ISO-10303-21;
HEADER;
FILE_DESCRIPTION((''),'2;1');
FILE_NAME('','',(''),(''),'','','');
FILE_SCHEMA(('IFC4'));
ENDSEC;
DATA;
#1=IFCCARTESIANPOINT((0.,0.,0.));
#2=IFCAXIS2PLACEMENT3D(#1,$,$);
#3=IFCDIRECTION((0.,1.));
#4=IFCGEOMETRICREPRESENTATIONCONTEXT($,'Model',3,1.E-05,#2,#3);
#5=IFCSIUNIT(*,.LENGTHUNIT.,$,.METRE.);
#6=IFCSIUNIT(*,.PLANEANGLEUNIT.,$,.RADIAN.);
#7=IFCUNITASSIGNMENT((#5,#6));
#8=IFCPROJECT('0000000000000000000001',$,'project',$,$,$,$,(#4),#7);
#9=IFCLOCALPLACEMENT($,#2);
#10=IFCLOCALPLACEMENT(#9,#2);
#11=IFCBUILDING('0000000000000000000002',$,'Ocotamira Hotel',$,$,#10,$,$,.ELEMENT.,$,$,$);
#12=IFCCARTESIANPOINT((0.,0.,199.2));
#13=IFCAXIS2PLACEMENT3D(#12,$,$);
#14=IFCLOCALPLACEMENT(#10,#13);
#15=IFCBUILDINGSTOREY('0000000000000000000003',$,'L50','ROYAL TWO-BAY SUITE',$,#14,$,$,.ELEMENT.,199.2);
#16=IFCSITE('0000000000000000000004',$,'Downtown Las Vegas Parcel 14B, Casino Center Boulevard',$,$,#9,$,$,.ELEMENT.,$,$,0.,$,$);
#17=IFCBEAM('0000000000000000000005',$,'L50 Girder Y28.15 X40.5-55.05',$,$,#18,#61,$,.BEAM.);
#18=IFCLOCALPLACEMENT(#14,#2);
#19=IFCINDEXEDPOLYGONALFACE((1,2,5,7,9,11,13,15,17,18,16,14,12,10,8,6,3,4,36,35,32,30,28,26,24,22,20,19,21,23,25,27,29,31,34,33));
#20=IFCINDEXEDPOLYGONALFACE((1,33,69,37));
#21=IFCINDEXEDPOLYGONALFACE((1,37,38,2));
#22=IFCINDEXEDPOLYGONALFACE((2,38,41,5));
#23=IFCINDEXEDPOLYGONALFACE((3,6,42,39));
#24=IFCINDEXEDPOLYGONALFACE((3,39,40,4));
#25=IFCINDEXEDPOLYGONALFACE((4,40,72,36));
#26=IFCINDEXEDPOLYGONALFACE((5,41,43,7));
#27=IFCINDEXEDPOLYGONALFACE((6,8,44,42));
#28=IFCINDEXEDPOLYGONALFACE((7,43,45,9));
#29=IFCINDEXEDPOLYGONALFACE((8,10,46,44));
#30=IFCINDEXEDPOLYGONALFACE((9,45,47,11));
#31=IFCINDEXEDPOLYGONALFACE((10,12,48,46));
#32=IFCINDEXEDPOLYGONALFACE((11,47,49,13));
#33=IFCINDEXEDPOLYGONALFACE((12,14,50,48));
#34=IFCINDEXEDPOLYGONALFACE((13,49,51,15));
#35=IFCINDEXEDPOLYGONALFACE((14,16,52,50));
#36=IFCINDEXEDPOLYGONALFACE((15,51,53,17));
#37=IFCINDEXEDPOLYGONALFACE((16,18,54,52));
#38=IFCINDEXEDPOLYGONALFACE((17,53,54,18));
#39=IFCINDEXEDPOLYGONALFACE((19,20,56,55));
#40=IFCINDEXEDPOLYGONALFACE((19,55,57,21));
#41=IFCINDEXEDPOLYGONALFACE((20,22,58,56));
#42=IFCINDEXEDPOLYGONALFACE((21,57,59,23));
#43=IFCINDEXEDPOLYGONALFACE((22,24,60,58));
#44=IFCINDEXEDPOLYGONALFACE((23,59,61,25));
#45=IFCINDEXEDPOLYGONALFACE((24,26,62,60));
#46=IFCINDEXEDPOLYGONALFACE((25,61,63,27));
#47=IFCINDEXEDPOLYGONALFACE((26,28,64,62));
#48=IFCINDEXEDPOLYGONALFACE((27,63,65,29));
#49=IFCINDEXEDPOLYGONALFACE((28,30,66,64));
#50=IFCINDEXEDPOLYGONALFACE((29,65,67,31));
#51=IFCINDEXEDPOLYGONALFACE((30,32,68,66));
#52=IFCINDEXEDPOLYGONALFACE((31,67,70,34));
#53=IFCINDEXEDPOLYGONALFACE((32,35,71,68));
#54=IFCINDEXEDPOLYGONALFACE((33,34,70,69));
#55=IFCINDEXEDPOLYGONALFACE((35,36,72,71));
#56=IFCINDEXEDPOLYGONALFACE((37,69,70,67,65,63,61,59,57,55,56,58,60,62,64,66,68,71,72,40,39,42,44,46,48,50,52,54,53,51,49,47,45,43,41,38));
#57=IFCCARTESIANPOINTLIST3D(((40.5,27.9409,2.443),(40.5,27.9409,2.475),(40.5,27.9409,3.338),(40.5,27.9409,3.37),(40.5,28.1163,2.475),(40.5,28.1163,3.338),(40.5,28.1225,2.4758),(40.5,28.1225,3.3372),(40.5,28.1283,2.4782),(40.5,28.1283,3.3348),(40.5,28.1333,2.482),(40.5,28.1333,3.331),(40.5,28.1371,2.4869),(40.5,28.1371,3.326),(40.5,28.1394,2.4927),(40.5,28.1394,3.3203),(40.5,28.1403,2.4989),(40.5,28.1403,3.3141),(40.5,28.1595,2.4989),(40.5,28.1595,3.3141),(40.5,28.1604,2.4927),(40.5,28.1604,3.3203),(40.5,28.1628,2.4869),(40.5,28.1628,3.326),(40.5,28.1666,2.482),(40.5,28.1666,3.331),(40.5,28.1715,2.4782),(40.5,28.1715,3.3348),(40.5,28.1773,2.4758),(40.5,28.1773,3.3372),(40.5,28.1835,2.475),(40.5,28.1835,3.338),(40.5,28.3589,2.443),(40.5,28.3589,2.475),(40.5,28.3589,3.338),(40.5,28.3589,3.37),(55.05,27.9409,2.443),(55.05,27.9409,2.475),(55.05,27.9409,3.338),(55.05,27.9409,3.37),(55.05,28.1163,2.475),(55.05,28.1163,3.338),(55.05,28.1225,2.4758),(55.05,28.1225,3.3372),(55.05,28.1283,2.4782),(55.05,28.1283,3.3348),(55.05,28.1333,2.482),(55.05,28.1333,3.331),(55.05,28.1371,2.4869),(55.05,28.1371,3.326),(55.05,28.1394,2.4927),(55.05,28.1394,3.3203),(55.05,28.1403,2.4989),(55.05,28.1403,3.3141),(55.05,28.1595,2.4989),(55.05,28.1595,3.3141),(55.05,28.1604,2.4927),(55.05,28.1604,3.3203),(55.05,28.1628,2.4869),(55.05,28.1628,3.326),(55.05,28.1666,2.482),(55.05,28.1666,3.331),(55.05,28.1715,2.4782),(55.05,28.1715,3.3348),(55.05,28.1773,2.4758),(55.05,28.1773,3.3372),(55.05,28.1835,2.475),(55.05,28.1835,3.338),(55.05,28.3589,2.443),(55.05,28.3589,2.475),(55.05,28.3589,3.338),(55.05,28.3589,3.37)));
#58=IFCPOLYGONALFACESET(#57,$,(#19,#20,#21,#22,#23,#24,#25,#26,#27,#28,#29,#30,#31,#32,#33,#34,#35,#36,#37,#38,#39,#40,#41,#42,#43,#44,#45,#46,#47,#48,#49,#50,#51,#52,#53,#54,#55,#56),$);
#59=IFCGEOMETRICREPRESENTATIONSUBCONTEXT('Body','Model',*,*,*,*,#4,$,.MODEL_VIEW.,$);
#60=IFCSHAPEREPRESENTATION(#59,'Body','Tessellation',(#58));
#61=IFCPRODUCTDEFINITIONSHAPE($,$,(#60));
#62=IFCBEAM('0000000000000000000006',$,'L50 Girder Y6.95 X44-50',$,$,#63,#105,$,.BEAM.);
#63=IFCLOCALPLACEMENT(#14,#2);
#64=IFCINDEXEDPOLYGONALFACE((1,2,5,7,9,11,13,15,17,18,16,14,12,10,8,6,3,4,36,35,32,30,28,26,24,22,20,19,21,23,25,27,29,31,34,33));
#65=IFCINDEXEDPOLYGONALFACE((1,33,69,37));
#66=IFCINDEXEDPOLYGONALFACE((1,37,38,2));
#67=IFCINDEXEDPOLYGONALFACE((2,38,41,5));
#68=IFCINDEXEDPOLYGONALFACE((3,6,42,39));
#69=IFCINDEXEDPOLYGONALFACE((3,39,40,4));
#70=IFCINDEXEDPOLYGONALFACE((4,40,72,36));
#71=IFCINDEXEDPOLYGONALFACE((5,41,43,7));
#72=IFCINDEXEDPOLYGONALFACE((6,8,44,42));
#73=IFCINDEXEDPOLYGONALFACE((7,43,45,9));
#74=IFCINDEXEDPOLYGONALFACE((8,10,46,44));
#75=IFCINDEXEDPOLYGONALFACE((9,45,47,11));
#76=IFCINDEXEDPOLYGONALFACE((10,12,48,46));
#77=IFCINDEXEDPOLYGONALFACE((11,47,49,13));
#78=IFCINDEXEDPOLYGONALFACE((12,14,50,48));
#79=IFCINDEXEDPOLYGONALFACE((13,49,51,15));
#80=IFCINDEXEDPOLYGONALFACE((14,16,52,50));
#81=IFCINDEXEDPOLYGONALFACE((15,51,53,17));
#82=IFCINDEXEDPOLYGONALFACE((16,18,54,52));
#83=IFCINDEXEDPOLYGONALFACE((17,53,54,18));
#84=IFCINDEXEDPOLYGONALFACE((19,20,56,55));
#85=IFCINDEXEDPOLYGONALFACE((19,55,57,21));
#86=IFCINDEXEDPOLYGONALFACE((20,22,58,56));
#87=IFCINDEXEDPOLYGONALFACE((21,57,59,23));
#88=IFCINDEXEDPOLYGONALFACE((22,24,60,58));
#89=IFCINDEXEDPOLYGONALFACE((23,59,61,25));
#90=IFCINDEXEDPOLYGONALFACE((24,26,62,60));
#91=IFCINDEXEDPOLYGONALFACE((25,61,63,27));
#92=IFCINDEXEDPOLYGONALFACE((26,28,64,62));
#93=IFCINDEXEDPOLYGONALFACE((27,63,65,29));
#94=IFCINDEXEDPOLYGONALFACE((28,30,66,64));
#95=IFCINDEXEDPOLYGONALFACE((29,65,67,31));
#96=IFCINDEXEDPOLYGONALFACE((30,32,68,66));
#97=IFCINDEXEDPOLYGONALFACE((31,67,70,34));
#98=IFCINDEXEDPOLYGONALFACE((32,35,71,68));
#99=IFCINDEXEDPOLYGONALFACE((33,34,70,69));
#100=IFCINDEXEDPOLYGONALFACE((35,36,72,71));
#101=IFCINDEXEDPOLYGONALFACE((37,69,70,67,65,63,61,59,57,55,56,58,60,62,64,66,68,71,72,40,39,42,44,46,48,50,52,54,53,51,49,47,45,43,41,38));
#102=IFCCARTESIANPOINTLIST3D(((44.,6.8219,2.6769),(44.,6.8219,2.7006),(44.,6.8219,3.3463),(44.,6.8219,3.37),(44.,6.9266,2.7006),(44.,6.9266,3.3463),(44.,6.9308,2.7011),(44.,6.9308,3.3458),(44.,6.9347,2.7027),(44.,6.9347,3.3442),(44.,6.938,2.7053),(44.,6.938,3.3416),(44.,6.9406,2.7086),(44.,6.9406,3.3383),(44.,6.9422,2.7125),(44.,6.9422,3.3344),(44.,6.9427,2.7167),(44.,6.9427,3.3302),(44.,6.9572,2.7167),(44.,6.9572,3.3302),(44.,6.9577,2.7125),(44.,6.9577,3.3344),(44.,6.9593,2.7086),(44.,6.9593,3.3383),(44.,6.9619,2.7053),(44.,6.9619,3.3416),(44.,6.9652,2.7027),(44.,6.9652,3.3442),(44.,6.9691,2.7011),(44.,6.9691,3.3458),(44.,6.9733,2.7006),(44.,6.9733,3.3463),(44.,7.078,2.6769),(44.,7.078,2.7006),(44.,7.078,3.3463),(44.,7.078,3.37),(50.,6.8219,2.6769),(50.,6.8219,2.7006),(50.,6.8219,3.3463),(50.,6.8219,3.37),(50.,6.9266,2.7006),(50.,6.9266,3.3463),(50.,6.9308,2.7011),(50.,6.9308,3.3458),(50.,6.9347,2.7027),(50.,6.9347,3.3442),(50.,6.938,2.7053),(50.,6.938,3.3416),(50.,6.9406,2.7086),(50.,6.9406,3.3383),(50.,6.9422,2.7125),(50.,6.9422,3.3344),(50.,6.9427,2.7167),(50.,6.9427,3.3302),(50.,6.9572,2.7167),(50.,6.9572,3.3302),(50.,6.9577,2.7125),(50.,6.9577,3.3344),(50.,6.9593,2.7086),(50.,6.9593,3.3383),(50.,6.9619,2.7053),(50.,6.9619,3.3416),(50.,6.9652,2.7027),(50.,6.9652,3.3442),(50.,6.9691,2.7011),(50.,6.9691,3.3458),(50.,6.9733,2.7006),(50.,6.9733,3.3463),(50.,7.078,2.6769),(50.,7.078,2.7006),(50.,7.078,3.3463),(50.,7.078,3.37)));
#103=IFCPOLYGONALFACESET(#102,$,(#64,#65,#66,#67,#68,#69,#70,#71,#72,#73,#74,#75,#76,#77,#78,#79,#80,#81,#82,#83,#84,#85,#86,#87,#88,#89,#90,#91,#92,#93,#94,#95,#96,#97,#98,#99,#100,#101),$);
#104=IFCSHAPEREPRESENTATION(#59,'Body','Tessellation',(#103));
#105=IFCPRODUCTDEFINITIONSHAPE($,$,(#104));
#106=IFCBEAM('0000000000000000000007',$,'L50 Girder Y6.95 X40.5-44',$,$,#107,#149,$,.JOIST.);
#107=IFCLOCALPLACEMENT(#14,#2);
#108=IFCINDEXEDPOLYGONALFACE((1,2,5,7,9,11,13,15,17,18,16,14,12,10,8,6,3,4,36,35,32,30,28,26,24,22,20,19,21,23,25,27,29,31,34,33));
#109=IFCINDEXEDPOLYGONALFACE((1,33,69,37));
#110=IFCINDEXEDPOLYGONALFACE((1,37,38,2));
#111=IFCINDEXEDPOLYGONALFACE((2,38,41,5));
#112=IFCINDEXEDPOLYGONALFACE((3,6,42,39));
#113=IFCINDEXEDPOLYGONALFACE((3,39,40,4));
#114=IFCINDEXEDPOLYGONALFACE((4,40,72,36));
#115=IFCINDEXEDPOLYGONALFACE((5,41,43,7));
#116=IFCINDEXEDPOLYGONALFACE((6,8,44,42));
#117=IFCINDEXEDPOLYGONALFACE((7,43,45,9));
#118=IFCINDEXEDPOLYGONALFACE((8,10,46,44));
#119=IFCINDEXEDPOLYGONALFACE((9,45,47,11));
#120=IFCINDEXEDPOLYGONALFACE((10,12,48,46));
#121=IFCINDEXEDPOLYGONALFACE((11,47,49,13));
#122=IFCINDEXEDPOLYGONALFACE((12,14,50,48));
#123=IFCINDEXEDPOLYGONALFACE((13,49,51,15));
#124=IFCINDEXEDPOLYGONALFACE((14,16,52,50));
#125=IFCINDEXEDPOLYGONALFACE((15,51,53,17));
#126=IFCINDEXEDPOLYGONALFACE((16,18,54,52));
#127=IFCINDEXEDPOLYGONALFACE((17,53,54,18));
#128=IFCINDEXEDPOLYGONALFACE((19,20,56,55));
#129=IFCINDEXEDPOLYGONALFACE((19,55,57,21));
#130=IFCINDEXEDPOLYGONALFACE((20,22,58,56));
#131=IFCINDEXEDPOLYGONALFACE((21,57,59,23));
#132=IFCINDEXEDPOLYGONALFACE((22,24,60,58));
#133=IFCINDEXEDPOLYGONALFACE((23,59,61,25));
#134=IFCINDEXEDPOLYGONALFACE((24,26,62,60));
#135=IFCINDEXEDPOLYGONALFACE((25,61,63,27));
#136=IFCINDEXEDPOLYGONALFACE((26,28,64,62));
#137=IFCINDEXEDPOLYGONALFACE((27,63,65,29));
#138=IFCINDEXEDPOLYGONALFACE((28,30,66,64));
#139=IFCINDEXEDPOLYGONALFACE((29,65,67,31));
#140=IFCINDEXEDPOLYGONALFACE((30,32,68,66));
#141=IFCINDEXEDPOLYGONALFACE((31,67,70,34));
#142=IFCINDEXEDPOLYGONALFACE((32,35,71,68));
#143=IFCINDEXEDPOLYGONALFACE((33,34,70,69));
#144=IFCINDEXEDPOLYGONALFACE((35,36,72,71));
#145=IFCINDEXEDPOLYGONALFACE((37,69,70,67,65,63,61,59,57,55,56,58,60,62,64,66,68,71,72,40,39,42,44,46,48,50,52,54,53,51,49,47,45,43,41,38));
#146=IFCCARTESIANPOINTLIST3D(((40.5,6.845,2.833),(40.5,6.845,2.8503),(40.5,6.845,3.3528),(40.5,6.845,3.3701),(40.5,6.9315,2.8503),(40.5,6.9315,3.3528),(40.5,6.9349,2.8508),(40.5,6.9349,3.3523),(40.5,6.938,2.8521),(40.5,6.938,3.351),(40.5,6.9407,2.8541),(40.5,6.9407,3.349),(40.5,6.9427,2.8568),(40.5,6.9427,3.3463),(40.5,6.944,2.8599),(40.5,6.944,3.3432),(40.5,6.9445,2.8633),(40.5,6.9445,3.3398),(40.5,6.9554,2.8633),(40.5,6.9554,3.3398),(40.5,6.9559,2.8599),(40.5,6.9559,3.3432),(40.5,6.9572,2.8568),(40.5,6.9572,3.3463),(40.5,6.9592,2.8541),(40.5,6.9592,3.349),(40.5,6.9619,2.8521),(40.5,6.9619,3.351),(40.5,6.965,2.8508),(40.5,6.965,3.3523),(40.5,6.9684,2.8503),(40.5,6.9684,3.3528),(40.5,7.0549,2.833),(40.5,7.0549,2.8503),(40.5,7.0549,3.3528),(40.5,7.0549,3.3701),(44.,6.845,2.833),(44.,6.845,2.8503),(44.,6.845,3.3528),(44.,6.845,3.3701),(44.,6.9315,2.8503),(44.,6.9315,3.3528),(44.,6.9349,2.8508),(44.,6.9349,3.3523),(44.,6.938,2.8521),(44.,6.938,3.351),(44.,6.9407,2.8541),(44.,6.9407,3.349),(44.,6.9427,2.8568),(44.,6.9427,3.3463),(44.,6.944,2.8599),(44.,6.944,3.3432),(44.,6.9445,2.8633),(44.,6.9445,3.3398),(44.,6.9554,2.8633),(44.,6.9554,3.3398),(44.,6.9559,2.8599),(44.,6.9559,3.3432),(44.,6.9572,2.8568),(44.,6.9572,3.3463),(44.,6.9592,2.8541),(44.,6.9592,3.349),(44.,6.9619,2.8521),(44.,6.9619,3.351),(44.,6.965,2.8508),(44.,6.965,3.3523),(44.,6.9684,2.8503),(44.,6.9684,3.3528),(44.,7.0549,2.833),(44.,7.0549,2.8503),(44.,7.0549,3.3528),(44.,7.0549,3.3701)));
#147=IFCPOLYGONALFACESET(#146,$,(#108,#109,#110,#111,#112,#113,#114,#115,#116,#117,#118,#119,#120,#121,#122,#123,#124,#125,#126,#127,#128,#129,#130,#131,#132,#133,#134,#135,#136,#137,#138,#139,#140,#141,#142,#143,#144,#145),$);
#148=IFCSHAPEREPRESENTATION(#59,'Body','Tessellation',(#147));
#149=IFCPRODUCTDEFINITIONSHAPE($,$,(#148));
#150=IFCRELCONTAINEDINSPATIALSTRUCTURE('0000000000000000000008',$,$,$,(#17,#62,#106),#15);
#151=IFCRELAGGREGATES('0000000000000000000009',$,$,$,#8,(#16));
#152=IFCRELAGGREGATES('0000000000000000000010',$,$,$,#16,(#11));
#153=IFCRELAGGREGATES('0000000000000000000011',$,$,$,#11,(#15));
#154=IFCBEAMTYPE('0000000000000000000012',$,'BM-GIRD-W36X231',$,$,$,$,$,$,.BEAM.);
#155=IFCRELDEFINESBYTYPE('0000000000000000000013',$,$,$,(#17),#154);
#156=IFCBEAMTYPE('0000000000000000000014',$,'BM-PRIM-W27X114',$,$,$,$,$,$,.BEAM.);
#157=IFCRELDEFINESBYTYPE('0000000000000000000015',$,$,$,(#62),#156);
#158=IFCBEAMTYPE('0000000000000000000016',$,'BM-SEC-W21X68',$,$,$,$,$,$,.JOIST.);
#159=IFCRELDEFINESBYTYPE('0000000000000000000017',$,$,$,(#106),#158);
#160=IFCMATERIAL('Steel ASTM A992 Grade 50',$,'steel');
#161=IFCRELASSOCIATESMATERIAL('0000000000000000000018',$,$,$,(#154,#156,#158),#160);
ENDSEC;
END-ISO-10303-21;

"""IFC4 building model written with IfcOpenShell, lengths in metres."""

from ifc_helpers import new_model, si_unit, direction, frame, origin, origin_2d, place, context, subcontext, project, spatial, i_section, extrude, source, transform, mapped, material, material_profile, profile_set, type_object, element, save


model = new_model("IFC4")

# Units and contexts
model_context = context("Model", 3, precision=1e-05, world=origin(), true_north=direction((0.0, 1.0)))
body_context = subcontext(model_context, "Body", "Model", "MODEL_VIEW")
ifc_project = project(units=[si_unit("LENGTHUNIT", "METRE"), si_unit("PLANEANGLEUNIT", "RADIAN")], contexts=[model_context])

# Site, building, storey
site_placement = place(None, origin())
site = spatial("IfcSite", under=ifc_project, at=site_placement, Name="Downtown Las Vegas Parcel 14B, Casino Center Boulevard", CompositionType="ELEMENT", RefElevation=0.0)
building_placement = place(site_placement, origin())
building = spatial("IfcBuilding", under=site, at=building_placement, Name="Ocotamira Hotel", CompositionType="ELEMENT")
storey_placement = place(building_placement, frame((0.0, 0.0, 199.2)))
storey = spatial("IfcBuildingStorey", under=building, at=storey_placement, Name="L50", Description="ROYAL TWO-BAY SUITE", CompositionType="ELEMENT", Elevation=199.2)

# Beams
ifc_material_1 = material(Name="Steel ASTM A992 Grade 50", Category="steel")
ifc_material_profile_1 = material_profile(ifc_material_1, i_section(OverallWidth=0.418, OverallDepth=0.927, WebThickness=0.0193, FlangeThickness=0.032, FilletRadius=0.0239, at=origin_2d()), Name="W36X231")
ifc_profile_set_1 = profile_set([ifc_material_profile_1], Name="Steel ASTM A992 Grade 50")
beam_type_1 = type_object("IfcBeamType", Name="BM-GIRD-W36X231", PredefinedType="BEAM", material=ifc_profile_set_1)
shared_shape_1 = source(origin(), body_context, "Body", "SweptSolid", [
    extrude(i_section(OverallWidth=0.418, OverallDepth=0.927, WebThickness=0.0193, FlangeThickness=0.032, FilletRadius=0.0239, at=origin_2d()), origin(), (0.0, 0.0, 1.0), 14.55),
])
for number, where, z_axis, x_axis, name in (
    (1, (40.5, 28.1499, 2.9065), (1.0, 0.0, 0.0), (0.0, 1.0, 0.0), "L50 Girder Y28.15 X40.5-55.05"),
):
    element("IfcBeam", number, at=place(storey_placement, frame(where, z_axis=z_axis, x_axis=x_axis)), inside=storey, type_object=beam_type_1, Name=name, PredefinedType="BEAM", context=body_context, shape_type="MappedRepresentation", body=[
        mapped(shared_shape_1, transform((0.0, 0.0, 0.0), scale=1.0)),
    ])
ifc_material_profile_2 = material_profile(ifc_material_1, i_section(OverallWidth=0.2561, OverallDepth=0.6931, WebThickness=0.0144, FlangeThickness=0.0237, FilletRadius=0.0161, at=origin_2d()), Name="W27X114")
ifc_profile_set_2 = profile_set([ifc_material_profile_2], Name="Steel ASTM A992 Grade 50")
beam_type_2 = type_object("IfcBeamType", Name="BM-PRIM-W27X114", PredefinedType="BEAM", material=ifc_profile_set_2)
shared_shape_2 = source(origin(), body_context, "Body", "SweptSolid", [
    extrude(i_section(OverallWidth=0.2561, OverallDepth=0.6931, WebThickness=0.0144, FlangeThickness=0.0237, FilletRadius=0.0161, at=origin_2d()), origin(), (0.0, 0.0, 1.0), 6.0),
])
beam_1_placement = place(storey_placement, frame((44.0, 6.95, 3.0234), z_axis=(1.0, 0.0, 0.0), x_axis=(0.0, 1.0, 0.0)))
element("IfcBeam", 2, at=beam_1_placement, inside=storey, type_object=beam_type_2, Name="L50 Girder Y6.95 X44-50", PredefinedType="BEAM", context=body_context, shape_type="MappedRepresentation", body=[
    mapped(shared_shape_2, transform((0.0, 0.0, 0.0), scale=1.0)),
])
ifc_material_profile_3 = material_profile(ifc_material_1, i_section(OverallWidth=0.21, OverallDepth=0.5371, WebThickness=0.011, FlangeThickness=0.0173, FilletRadius=0.0129, at=origin_2d()), Name="W21X68")
ifc_profile_set_3 = profile_set([ifc_material_profile_3], Name="Steel ASTM A992 Grade 50")
beam_type_3 = type_object("IfcBeamType", Name="BM-SEC-W21X68", PredefinedType="JOIST", material=ifc_profile_set_3)
shared_shape_3 = source(origin(), body_context, "Body", "SweptSolid", [
    extrude(i_section(OverallWidth=0.21, OverallDepth=0.5371, WebThickness=0.011, FlangeThickness=0.0173, FilletRadius=0.0129, at=origin_2d()), origin(), (0.0, 0.0, 1.0), 3.5),
])
beam_2_placement = place(storey_placement, frame((40.5, 6.95, 3.1016), z_axis=(1.0, 0.0, 0.0), x_axis=(0.0, 1.0, 0.0)))
element("IfcBeam", 3, at=beam_2_placement, inside=storey, type_object=beam_type_3, Name="L50 Girder Y6.95 X40.5-44", PredefinedType="JOIST", context=body_context, shape_type="MappedRepresentation", body=[
    mapped(shared_shape_3, transform((0.0, 0.0, 0.0), scale=1.0)),
])

save(model, "model.ifc")
